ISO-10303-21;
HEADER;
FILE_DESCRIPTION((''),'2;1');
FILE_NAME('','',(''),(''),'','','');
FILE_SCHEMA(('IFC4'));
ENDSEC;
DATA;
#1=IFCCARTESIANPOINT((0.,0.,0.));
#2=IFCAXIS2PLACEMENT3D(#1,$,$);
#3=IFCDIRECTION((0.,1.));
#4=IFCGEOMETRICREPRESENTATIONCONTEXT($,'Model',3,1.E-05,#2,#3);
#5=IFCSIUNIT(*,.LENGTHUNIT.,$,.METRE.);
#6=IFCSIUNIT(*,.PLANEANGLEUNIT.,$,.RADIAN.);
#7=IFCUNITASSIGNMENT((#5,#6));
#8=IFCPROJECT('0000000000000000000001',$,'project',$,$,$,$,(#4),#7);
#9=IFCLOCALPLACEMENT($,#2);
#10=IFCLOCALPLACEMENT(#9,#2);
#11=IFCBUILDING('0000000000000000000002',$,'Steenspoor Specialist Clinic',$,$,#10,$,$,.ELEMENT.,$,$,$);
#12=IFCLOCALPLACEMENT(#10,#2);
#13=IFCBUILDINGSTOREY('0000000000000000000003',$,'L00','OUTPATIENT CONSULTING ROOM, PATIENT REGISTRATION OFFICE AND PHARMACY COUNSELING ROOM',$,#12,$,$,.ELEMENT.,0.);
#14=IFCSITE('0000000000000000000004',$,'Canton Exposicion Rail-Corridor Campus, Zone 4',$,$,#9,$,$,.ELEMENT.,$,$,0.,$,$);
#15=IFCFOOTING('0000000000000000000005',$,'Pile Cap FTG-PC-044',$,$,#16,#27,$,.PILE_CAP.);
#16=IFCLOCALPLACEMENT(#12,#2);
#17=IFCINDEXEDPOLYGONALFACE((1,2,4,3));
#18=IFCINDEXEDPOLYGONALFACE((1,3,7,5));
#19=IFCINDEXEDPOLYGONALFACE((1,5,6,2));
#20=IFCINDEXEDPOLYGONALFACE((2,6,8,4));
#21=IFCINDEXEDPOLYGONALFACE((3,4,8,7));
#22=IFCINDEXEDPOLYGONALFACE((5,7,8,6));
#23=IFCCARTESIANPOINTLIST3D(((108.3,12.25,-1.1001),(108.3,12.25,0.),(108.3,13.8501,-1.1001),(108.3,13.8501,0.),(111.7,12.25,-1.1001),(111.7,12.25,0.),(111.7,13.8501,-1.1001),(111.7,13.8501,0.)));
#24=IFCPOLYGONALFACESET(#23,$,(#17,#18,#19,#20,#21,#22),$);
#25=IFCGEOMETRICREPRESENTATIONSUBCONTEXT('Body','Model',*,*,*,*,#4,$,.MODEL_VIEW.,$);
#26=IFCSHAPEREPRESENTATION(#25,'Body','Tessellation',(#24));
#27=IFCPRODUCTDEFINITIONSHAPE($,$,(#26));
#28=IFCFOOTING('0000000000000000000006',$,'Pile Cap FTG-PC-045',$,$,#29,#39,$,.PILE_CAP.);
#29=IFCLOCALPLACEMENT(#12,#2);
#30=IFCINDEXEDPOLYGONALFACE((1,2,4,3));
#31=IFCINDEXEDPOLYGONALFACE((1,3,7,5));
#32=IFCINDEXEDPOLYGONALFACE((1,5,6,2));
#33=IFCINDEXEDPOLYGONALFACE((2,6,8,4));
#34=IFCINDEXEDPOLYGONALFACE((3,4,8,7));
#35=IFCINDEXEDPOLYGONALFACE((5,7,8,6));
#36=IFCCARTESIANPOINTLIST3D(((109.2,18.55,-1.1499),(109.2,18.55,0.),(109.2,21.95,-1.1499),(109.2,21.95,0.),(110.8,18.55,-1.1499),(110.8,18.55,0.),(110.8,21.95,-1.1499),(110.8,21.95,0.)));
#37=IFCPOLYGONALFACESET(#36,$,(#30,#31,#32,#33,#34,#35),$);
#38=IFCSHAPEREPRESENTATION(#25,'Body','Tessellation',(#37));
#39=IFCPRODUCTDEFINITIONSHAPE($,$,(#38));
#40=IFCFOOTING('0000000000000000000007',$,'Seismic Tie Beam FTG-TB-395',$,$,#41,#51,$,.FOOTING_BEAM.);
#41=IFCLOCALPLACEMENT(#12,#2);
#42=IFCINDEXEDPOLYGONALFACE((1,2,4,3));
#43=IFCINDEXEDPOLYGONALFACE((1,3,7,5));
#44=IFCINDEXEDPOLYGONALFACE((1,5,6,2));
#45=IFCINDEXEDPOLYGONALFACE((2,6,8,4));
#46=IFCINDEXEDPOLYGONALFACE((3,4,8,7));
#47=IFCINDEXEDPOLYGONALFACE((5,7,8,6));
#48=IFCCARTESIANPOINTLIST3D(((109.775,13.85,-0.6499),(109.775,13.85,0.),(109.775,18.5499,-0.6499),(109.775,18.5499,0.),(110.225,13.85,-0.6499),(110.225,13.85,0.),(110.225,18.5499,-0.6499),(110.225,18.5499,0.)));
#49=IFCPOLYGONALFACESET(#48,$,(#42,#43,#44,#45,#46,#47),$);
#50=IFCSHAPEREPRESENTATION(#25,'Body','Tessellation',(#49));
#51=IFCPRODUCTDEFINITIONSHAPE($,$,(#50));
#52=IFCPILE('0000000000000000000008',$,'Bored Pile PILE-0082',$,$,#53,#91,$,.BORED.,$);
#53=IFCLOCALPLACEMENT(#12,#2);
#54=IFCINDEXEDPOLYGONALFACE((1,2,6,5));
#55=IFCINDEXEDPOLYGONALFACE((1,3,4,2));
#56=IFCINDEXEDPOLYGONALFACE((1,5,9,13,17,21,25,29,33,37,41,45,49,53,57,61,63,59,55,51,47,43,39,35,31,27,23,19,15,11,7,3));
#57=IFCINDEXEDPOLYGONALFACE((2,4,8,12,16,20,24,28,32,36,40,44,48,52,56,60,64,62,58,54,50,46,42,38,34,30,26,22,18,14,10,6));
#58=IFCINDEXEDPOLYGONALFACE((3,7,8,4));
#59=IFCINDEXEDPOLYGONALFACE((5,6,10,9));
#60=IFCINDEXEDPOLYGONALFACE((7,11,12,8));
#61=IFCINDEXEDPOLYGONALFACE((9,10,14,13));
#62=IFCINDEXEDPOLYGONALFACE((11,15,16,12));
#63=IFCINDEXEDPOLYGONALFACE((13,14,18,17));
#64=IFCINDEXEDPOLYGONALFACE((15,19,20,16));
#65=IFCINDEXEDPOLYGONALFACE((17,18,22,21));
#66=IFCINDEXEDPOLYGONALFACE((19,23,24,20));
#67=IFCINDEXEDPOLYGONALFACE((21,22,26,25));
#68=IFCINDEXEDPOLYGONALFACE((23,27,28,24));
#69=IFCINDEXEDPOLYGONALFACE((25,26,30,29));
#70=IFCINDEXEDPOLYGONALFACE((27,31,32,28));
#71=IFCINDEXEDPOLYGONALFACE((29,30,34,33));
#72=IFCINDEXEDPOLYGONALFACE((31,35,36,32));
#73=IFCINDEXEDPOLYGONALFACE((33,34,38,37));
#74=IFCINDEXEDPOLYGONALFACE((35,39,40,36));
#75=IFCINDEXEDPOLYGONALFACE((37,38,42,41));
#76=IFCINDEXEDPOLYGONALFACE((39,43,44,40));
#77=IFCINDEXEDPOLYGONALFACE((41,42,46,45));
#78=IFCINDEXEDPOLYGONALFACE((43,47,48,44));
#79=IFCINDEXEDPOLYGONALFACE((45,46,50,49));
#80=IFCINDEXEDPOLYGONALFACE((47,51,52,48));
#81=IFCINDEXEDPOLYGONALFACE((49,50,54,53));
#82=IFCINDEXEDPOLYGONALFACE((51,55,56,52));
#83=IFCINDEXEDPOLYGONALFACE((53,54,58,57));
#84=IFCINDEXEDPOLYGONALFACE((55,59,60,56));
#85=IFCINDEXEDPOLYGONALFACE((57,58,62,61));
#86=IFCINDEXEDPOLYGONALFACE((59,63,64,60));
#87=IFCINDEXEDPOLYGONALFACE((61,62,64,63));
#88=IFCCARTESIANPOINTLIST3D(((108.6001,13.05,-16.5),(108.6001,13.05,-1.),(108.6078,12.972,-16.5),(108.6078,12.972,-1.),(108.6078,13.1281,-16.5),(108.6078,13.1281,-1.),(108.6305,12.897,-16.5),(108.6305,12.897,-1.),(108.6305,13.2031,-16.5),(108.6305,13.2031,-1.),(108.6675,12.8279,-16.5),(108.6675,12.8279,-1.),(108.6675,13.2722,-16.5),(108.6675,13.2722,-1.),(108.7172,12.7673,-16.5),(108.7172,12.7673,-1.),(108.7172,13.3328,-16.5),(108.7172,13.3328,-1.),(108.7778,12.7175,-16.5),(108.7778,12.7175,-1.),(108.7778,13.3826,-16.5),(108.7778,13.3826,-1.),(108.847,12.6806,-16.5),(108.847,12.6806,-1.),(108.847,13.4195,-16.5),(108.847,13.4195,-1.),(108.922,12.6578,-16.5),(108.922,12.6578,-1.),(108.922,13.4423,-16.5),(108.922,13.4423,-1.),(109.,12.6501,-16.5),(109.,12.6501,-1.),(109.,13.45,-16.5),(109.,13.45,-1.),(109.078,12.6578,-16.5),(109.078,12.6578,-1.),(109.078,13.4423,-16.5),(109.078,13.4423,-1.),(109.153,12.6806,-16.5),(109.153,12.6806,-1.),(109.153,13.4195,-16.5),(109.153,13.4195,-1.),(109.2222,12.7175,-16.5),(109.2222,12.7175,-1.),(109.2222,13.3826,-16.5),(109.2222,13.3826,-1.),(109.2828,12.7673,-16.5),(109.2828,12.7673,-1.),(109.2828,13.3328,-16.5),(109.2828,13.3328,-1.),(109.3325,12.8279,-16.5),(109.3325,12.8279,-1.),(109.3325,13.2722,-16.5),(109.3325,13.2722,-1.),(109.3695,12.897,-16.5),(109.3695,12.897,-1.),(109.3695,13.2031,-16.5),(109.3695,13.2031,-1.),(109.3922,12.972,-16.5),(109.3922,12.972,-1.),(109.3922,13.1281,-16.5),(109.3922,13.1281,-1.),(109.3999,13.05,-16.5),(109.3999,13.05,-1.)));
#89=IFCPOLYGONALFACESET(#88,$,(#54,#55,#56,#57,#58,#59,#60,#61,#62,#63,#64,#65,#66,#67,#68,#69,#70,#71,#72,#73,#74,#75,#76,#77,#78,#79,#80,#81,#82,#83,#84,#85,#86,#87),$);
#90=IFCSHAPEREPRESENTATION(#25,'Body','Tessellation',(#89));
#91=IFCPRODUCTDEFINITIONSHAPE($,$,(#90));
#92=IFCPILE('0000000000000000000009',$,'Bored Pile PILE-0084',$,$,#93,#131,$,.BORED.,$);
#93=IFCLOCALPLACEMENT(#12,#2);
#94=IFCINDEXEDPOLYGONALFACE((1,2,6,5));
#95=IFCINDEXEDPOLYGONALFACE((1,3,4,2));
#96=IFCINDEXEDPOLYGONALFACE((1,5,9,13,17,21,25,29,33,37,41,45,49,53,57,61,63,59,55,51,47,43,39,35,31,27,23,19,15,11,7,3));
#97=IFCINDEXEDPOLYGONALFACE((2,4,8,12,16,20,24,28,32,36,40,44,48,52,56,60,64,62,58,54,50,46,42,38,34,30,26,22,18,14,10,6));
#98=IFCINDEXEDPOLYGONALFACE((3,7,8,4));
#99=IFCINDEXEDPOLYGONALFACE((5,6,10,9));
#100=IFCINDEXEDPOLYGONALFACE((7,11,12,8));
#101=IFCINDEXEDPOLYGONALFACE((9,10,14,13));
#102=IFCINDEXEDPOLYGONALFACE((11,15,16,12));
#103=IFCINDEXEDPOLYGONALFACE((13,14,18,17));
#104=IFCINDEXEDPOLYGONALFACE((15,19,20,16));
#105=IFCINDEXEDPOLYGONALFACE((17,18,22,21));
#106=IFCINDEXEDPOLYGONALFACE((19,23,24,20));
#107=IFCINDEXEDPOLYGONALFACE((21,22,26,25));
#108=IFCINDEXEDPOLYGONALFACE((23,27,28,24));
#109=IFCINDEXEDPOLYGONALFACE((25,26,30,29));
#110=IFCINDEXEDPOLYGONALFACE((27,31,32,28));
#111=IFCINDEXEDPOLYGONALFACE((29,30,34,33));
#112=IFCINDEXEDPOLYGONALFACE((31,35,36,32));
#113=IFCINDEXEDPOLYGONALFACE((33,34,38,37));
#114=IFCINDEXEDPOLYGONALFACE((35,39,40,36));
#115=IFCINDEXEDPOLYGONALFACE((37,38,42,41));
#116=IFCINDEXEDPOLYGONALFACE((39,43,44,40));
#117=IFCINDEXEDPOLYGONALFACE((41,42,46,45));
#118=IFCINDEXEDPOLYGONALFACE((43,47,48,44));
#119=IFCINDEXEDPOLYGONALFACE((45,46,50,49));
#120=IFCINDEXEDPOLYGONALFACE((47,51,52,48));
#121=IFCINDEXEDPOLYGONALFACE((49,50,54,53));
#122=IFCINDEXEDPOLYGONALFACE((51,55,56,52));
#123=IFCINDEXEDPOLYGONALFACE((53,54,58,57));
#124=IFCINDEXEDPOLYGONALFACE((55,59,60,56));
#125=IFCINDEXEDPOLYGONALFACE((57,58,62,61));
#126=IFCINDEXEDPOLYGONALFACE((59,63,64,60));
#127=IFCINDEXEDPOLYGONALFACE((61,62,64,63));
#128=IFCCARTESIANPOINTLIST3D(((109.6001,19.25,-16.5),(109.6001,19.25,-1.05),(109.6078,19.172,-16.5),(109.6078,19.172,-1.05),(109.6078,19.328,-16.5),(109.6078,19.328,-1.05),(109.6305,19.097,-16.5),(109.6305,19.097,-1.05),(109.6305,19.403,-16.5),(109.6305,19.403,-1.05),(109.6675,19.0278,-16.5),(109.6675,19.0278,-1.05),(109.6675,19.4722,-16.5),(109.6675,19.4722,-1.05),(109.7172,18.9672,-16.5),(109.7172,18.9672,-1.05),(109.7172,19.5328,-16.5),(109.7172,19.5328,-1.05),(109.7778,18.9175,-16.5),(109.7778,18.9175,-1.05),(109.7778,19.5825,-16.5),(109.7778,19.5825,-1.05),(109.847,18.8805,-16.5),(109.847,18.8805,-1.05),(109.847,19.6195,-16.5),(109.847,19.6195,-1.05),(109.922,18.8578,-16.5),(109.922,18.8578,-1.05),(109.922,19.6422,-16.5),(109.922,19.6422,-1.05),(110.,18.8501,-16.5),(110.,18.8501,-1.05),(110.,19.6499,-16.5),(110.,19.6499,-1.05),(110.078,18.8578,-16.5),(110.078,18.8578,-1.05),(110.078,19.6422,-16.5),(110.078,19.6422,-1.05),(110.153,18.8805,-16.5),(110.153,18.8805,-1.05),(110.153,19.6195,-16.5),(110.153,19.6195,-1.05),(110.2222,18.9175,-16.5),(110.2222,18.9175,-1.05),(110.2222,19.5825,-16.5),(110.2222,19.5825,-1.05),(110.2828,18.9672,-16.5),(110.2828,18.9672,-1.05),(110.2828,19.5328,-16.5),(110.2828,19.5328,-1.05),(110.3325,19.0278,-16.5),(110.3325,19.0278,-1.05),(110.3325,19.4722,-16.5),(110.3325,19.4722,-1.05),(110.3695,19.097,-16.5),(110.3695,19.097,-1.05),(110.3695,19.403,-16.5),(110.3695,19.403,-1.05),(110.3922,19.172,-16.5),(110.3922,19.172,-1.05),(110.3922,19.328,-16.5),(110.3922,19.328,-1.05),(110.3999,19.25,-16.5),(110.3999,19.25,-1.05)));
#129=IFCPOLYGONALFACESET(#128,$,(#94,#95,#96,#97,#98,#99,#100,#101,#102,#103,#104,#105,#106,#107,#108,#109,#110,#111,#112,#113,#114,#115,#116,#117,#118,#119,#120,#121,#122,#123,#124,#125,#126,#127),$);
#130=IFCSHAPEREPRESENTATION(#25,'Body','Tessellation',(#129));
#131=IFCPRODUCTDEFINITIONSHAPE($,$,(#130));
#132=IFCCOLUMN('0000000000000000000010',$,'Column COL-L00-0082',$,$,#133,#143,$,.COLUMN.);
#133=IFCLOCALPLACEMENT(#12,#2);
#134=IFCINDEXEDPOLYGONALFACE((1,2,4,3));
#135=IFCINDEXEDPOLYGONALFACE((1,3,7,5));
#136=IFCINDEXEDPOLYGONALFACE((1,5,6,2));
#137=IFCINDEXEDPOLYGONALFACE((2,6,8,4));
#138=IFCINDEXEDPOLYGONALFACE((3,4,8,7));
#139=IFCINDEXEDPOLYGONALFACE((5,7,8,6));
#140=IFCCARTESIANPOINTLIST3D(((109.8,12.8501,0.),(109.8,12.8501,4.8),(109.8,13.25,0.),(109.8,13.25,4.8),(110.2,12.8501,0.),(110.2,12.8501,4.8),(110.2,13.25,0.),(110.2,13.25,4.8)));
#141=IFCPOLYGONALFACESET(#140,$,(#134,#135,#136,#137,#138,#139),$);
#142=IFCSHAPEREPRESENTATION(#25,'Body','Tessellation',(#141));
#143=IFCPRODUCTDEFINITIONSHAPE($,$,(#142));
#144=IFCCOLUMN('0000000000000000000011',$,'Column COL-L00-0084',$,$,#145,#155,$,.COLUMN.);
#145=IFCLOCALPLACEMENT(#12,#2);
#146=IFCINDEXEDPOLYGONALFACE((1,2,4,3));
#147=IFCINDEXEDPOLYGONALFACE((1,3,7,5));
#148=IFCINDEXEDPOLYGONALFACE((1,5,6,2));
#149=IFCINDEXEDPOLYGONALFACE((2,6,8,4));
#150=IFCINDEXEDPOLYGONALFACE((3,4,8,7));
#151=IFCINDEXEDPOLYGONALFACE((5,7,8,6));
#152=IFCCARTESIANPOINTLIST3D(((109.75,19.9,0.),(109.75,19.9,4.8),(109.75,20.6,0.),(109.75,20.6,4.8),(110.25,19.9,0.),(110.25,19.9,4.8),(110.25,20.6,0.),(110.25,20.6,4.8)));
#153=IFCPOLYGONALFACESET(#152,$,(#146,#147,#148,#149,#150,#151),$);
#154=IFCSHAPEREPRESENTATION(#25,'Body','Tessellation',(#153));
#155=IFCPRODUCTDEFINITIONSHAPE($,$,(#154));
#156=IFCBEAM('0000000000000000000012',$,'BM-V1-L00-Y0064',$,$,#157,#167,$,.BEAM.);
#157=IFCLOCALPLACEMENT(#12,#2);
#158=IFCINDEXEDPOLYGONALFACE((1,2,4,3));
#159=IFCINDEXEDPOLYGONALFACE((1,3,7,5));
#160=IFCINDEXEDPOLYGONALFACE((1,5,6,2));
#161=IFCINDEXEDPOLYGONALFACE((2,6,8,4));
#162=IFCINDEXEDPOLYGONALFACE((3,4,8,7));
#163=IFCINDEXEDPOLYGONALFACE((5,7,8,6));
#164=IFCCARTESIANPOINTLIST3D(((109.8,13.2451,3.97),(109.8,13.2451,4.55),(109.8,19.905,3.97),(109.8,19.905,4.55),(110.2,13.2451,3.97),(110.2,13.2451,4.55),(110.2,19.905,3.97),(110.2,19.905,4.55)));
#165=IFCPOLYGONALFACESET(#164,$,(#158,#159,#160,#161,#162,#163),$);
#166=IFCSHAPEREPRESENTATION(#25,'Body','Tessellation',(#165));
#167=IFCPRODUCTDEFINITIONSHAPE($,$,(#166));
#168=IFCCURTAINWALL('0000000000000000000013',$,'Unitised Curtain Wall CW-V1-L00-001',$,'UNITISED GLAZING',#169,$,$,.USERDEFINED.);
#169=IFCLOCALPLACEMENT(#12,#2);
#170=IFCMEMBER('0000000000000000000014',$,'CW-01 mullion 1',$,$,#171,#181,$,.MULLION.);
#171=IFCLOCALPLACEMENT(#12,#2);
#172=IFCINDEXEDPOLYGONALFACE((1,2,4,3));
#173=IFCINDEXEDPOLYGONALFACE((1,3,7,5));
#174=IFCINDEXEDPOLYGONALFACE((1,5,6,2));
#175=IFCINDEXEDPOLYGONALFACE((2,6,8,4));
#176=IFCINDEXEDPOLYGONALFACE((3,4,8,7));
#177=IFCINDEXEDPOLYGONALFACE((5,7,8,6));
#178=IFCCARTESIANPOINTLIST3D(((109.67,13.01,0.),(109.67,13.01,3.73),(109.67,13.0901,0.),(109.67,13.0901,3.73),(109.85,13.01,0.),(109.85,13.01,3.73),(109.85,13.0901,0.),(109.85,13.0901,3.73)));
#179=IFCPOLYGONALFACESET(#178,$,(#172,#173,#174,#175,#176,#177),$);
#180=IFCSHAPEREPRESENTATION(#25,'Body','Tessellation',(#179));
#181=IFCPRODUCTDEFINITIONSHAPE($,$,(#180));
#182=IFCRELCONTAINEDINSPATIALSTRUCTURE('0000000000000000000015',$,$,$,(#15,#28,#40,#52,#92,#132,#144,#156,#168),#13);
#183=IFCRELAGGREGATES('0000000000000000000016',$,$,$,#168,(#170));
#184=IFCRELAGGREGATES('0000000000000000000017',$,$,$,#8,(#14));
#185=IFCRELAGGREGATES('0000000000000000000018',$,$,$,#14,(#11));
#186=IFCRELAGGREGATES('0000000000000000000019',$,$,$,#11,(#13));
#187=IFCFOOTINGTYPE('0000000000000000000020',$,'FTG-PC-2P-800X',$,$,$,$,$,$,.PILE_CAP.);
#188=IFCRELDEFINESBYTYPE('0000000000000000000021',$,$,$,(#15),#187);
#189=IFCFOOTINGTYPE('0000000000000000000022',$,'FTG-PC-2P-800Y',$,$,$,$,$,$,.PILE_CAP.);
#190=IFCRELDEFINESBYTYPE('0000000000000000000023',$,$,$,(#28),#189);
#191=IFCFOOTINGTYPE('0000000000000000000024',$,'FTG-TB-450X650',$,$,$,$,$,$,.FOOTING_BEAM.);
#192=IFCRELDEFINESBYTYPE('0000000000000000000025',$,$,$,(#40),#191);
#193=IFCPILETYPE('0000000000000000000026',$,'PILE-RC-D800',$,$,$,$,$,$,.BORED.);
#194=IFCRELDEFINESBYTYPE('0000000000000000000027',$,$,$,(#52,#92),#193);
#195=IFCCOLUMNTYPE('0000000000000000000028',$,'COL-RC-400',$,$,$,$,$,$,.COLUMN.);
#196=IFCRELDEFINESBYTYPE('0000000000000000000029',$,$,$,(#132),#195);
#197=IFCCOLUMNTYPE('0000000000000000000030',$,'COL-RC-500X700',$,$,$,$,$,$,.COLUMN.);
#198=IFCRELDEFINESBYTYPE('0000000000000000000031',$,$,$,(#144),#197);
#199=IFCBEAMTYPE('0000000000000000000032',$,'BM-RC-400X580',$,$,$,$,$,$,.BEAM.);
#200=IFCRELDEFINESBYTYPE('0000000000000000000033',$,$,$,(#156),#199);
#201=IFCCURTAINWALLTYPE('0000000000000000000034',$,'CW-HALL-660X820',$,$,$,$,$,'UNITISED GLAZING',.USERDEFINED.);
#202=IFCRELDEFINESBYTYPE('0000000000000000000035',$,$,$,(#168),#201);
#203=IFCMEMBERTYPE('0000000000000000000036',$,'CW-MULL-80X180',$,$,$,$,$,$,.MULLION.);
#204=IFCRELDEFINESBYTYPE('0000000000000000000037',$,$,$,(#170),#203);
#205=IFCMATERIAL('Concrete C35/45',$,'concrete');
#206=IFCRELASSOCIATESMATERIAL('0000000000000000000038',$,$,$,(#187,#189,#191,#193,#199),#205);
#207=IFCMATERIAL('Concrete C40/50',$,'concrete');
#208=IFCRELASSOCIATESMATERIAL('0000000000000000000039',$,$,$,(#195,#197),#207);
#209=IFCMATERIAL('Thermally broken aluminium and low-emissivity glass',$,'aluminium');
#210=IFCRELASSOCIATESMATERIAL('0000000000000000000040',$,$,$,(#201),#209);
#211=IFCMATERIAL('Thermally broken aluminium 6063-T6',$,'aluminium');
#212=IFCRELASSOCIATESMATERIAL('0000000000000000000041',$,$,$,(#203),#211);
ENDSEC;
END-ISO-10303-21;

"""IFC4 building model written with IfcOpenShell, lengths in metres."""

from ifc_helpers import new_model, si_unit, direction, frame, origin, origin_2d, place, context, subcontext, project, spatial, rectangle, circle, extrude, material, material_profile, profile_set, type_object, element, aggregate, save


model = new_model("IFC4")

# Units and contexts
model_context = context("Model", 3, precision=1e-05, world=origin(), true_north=direction((0.0, 1.0)))
body_context = subcontext(model_context, "Body", "Model", "MODEL_VIEW")
ifc_project = project(units=[si_unit("LENGTHUNIT", "METRE"), si_unit("PLANEANGLEUNIT", "RADIAN")], contexts=[model_context])

# Site, building, storey
site_placement = place(None, origin())
site = spatial("IfcSite", under=ifc_project, at=site_placement, Name="Canton Exposicion Rail-Corridor Campus, Zone 4", CompositionType="ELEMENT", RefElevation=0.0)
building_placement = place(site_placement, origin())
building = spatial("IfcBuilding", under=site, at=building_placement, Name="Steenspoor Specialist Clinic", CompositionType="ELEMENT")
storey_placement = place(building_placement, origin())
storey = spatial("IfcBuildingStorey", under=building, at=storey_placement, Name="L00", Description="OUTPATIENT CONSULTING ROOM, PATIENT REGISTRATION OFFICE AND PHARMACY COUNSELING ROOM", CompositionType="ELEMENT", Elevation=0.0)

# Footings
ifc_material_1 = material(Name="Concrete C35/45", Category="concrete")
footing_type_1 = type_object("IfcFootingType", Name="FTG-PC-2P-800X", PredefinedType="PILE_CAP", material=ifc_material_1)
footing_1_placement = place(storey_placement, frame((110.0, 13.05, -1.1001), z_axis=(0.0, 0.0, 1.0), x_axis=(1.0, 0.0, 0.0)))
element("IfcFooting", 1, at=footing_1_placement, inside=storey, type_object=footing_type_1, Name="Pile Cap FTG-PC-044", PredefinedType="PILE_CAP", context=body_context, shape_type="SweptSolid", body=[
    extrude(rectangle(XDim=3.3999, YDim=1.6001, at=origin_2d()), origin(), (0.0, 0.0, 1.0), 1.1001),
])
footing_type_2 = type_object("IfcFootingType", Name="FTG-PC-2P-800Y", PredefinedType="PILE_CAP", material=ifc_material_1)
footing_2_placement = place(storey_placement, frame((110.0, 20.25, -1.1499), z_axis=(0.0, 0.0, 1.0), x_axis=(1.0, 0.0, 0.0)))
element("IfcFooting", 2, at=footing_2_placement, inside=storey, type_object=footing_type_2, Name="Pile Cap FTG-PC-045", PredefinedType="PILE_CAP", context=body_context, shape_type="SweptSolid", body=[
    extrude(rectangle(XDim=1.6001, YDim=3.3999, at=origin_2d()), origin(), (0.0, 0.0, 1.0), 1.1499),
])
footing_type_3 = type_object("IfcFootingType", Name="FTG-TB-450X650", PredefinedType="FOOTING_BEAM", material=ifc_material_1)
footing_3_placement = place(storey_placement, frame((110.0, 16.2, -0.6499), z_axis=(0.0, 0.0, 1.0), x_axis=(1.0, 0.0, 0.0)))
element("IfcFooting", 3, at=footing_3_placement, inside=storey, type_object=footing_type_3, Name="Seismic Tie Beam FTG-TB-395", PredefinedType="FOOTING_BEAM", context=body_context, shape_type="SweptSolid", body=[
    extrude(rectangle(XDim=0.45, YDim=4.7, at=origin_2d()), origin(), (0.0, 0.0, 1.0), 0.6499),
])

# Piles
ifc_material_profile_1 = material_profile(ifc_material_1, circle(Radius=0.3999, at=origin_2d()), Name="PILE-D800")
ifc_profile_set_1 = profile_set([ifc_material_profile_1], Name="Concrete C35/45")
pile_type = type_object("IfcPileType", Name="PILE-RC-D800", PredefinedType="BORED", material=ifc_profile_set_1)
pile_1_placement = place(storey_placement, frame((109.0, 13.05, -1.0), z_axis=(0.0, 0.0, -1.0), x_axis=(1.0, 0.0, 0.0)))
element("IfcPile", 4, at=pile_1_placement, inside=storey, type_object=pile_type, Name="Bored Pile PILE-0082", PredefinedType="BORED", context=body_context, shape_type="SweptSolid", body=[
    extrude(circle(Radius=0.3999, at=origin_2d()), origin(), (0.0, 0.0, 1.0), 15.5),
])
pile_2_placement = place(storey_placement, frame((110.0, 19.25, -1.05), z_axis=(0.0, 0.0, -1.0), x_axis=(1.0, 0.0, 0.0)))
element("IfcPile", 5, at=pile_2_placement, inside=storey, type_object=pile_type, Name="Bored Pile PILE-0084", PredefinedType="BORED", context=body_context, shape_type="SweptSolid", body=[
    extrude(circle(Radius=0.3999, at=origin_2d()), origin(), (0.0, 0.0, 1.0), 15.45),
])

# Columns
ifc_material_2 = material(Name="Concrete C40/50", Category="concrete")
ifc_material_profile_2 = material_profile(ifc_material_2, rectangle(XDim=0.3999, YDim=0.3999, at=origin_2d()), Name="RC-COL-400X400")
ifc_profile_set_2 = profile_set([ifc_material_profile_2], Name="Concrete C40/50")
column_type_1 = type_object("IfcColumnType", Name="COL-RC-400", PredefinedType="COLUMN", material=ifc_profile_set_2)
column_1_placement = place(storey_placement, frame((110.0, 13.05, 0.0), z_axis=(0.0, 0.0, 1.0), x_axis=(1.0, 0.0, 0.0)))
element("IfcColumn", 6, at=column_1_placement, inside=storey, type_object=column_type_1, Name="Column COL-L00-0082", PredefinedType="COLUMN", context=body_context, shape_type="SweptSolid", body=[
    extrude(rectangle(XDim=0.3999, YDim=0.3999, at=origin_2d()), origin(), (0.0, 0.0, 1.0), 4.8),
])
ifc_material_profile_3 = material_profile(ifc_material_2, rectangle(XDim=0.5, YDim=0.7, at=origin_2d()), Name="RC-COL-500X700")
ifc_profile_set_3 = profile_set([ifc_material_profile_3], Name="Concrete C40/50")
column_type_2 = type_object("IfcColumnType", Name="COL-RC-500X700", PredefinedType="COLUMN", material=ifc_profile_set_3)
column_2_placement = place(storey_placement, frame((110.0, 20.25, 0.0), z_axis=(0.0, 0.0, 1.0), x_axis=(1.0, 0.0, 0.0)))
element("IfcColumn", 7, at=column_2_placement, inside=storey, type_object=column_type_2, Name="Column COL-L00-0084", PredefinedType="COLUMN", context=body_context, shape_type="SweptSolid", body=[
    extrude(rectangle(XDim=0.5, YDim=0.7, at=origin_2d()), origin(), (0.0, 0.0, 1.0), 4.8),
])

# Beam
ifc_material_profile_4 = material_profile(ifc_material_1, rectangle(XDim=0.3999, YDim=0.5801, at=origin_2d()), Name="RC-BM-400X580")
ifc_profile_set_4 = profile_set([ifc_material_profile_4], Name="Concrete C35/45")
beam_type = type_object("IfcBeamType", Name="BM-RC-400X580", PredefinedType="BEAM", material=ifc_profile_set_4)
beam_placement = place(storey_placement, frame((110.0, 13.2451, 4.26), z_axis=(0.0, 1.0, 0.0), x_axis=(-1.0, 0.0, 0.0)))
element("IfcBeam", 8, at=beam_placement, inside=storey, type_object=beam_type, Name="BM-V1-L00-Y0064", PredefinedType="BEAM", context=body_context, shape_type="SweptSolid", body=[
    extrude(rectangle(XDim=0.3999, YDim=0.5801, at=origin_2d()), origin(), (0.0, 0.0, 1.0), 6.6599),
])

# Curtain wall, member
ifc_material_3 = material(Name="Thermally broken aluminium and low-emissivity glass", Category="aluminium")
curtain_wall_type = type_object("IfcCurtainWallType", Name="CW-HALL-660X820", ElementType="UNITISED GLAZING", PredefinedType="USERDEFINED", material=ifc_material_3)
curtain_wall_placement = place(storey_placement, origin())
curtain_wall = element("IfcCurtainWall", 9, at=curtain_wall_placement, inside=storey, type_object=curtain_wall_type, Name="Unitised Curtain Wall CW-V1-L00-001", ObjectType="UNITISED GLAZING", PredefinedType="USERDEFINED")
ifc_material_4 = material(Name="Thermally broken aluminium 6063-T6", Category="aluminium")
ifc_material_profile_5 = material_profile(ifc_material_4, rectangle(XDim=0.0801, YDim=0.1799, at=origin_2d()), Name="CWM-80X180")
ifc_profile_set_5 = profile_set([ifc_material_profile_5], Name="Thermally broken aluminium 6063-T6")
member_type_1 = type_object("IfcMemberType", Name="CW-MULL-80X180", PredefinedType="MULLION", material=ifc_profile_set_5)
member_1_placement = place(storey_placement, frame((109.76, 13.05, 0.0), z_axis=(0.0, 0.0, 1.0), x_axis=(0.0, -1.0, 0.0)))
member_1 = element("IfcMember", 10, at=member_1_placement, type_object=member_type_1, Name="CW-01 mullion 1", PredefinedType="MULLION", context=body_context, shape_type="SweptSolid", body=[
    extrude(rectangle(XDim=0.0801, YDim=0.1799, at=origin_2d()), origin(), (0.0, 0.0, 1.0), 3.73),
])
aggregate(curtain_wall, [member_1])

save(model, "model.ifc")
